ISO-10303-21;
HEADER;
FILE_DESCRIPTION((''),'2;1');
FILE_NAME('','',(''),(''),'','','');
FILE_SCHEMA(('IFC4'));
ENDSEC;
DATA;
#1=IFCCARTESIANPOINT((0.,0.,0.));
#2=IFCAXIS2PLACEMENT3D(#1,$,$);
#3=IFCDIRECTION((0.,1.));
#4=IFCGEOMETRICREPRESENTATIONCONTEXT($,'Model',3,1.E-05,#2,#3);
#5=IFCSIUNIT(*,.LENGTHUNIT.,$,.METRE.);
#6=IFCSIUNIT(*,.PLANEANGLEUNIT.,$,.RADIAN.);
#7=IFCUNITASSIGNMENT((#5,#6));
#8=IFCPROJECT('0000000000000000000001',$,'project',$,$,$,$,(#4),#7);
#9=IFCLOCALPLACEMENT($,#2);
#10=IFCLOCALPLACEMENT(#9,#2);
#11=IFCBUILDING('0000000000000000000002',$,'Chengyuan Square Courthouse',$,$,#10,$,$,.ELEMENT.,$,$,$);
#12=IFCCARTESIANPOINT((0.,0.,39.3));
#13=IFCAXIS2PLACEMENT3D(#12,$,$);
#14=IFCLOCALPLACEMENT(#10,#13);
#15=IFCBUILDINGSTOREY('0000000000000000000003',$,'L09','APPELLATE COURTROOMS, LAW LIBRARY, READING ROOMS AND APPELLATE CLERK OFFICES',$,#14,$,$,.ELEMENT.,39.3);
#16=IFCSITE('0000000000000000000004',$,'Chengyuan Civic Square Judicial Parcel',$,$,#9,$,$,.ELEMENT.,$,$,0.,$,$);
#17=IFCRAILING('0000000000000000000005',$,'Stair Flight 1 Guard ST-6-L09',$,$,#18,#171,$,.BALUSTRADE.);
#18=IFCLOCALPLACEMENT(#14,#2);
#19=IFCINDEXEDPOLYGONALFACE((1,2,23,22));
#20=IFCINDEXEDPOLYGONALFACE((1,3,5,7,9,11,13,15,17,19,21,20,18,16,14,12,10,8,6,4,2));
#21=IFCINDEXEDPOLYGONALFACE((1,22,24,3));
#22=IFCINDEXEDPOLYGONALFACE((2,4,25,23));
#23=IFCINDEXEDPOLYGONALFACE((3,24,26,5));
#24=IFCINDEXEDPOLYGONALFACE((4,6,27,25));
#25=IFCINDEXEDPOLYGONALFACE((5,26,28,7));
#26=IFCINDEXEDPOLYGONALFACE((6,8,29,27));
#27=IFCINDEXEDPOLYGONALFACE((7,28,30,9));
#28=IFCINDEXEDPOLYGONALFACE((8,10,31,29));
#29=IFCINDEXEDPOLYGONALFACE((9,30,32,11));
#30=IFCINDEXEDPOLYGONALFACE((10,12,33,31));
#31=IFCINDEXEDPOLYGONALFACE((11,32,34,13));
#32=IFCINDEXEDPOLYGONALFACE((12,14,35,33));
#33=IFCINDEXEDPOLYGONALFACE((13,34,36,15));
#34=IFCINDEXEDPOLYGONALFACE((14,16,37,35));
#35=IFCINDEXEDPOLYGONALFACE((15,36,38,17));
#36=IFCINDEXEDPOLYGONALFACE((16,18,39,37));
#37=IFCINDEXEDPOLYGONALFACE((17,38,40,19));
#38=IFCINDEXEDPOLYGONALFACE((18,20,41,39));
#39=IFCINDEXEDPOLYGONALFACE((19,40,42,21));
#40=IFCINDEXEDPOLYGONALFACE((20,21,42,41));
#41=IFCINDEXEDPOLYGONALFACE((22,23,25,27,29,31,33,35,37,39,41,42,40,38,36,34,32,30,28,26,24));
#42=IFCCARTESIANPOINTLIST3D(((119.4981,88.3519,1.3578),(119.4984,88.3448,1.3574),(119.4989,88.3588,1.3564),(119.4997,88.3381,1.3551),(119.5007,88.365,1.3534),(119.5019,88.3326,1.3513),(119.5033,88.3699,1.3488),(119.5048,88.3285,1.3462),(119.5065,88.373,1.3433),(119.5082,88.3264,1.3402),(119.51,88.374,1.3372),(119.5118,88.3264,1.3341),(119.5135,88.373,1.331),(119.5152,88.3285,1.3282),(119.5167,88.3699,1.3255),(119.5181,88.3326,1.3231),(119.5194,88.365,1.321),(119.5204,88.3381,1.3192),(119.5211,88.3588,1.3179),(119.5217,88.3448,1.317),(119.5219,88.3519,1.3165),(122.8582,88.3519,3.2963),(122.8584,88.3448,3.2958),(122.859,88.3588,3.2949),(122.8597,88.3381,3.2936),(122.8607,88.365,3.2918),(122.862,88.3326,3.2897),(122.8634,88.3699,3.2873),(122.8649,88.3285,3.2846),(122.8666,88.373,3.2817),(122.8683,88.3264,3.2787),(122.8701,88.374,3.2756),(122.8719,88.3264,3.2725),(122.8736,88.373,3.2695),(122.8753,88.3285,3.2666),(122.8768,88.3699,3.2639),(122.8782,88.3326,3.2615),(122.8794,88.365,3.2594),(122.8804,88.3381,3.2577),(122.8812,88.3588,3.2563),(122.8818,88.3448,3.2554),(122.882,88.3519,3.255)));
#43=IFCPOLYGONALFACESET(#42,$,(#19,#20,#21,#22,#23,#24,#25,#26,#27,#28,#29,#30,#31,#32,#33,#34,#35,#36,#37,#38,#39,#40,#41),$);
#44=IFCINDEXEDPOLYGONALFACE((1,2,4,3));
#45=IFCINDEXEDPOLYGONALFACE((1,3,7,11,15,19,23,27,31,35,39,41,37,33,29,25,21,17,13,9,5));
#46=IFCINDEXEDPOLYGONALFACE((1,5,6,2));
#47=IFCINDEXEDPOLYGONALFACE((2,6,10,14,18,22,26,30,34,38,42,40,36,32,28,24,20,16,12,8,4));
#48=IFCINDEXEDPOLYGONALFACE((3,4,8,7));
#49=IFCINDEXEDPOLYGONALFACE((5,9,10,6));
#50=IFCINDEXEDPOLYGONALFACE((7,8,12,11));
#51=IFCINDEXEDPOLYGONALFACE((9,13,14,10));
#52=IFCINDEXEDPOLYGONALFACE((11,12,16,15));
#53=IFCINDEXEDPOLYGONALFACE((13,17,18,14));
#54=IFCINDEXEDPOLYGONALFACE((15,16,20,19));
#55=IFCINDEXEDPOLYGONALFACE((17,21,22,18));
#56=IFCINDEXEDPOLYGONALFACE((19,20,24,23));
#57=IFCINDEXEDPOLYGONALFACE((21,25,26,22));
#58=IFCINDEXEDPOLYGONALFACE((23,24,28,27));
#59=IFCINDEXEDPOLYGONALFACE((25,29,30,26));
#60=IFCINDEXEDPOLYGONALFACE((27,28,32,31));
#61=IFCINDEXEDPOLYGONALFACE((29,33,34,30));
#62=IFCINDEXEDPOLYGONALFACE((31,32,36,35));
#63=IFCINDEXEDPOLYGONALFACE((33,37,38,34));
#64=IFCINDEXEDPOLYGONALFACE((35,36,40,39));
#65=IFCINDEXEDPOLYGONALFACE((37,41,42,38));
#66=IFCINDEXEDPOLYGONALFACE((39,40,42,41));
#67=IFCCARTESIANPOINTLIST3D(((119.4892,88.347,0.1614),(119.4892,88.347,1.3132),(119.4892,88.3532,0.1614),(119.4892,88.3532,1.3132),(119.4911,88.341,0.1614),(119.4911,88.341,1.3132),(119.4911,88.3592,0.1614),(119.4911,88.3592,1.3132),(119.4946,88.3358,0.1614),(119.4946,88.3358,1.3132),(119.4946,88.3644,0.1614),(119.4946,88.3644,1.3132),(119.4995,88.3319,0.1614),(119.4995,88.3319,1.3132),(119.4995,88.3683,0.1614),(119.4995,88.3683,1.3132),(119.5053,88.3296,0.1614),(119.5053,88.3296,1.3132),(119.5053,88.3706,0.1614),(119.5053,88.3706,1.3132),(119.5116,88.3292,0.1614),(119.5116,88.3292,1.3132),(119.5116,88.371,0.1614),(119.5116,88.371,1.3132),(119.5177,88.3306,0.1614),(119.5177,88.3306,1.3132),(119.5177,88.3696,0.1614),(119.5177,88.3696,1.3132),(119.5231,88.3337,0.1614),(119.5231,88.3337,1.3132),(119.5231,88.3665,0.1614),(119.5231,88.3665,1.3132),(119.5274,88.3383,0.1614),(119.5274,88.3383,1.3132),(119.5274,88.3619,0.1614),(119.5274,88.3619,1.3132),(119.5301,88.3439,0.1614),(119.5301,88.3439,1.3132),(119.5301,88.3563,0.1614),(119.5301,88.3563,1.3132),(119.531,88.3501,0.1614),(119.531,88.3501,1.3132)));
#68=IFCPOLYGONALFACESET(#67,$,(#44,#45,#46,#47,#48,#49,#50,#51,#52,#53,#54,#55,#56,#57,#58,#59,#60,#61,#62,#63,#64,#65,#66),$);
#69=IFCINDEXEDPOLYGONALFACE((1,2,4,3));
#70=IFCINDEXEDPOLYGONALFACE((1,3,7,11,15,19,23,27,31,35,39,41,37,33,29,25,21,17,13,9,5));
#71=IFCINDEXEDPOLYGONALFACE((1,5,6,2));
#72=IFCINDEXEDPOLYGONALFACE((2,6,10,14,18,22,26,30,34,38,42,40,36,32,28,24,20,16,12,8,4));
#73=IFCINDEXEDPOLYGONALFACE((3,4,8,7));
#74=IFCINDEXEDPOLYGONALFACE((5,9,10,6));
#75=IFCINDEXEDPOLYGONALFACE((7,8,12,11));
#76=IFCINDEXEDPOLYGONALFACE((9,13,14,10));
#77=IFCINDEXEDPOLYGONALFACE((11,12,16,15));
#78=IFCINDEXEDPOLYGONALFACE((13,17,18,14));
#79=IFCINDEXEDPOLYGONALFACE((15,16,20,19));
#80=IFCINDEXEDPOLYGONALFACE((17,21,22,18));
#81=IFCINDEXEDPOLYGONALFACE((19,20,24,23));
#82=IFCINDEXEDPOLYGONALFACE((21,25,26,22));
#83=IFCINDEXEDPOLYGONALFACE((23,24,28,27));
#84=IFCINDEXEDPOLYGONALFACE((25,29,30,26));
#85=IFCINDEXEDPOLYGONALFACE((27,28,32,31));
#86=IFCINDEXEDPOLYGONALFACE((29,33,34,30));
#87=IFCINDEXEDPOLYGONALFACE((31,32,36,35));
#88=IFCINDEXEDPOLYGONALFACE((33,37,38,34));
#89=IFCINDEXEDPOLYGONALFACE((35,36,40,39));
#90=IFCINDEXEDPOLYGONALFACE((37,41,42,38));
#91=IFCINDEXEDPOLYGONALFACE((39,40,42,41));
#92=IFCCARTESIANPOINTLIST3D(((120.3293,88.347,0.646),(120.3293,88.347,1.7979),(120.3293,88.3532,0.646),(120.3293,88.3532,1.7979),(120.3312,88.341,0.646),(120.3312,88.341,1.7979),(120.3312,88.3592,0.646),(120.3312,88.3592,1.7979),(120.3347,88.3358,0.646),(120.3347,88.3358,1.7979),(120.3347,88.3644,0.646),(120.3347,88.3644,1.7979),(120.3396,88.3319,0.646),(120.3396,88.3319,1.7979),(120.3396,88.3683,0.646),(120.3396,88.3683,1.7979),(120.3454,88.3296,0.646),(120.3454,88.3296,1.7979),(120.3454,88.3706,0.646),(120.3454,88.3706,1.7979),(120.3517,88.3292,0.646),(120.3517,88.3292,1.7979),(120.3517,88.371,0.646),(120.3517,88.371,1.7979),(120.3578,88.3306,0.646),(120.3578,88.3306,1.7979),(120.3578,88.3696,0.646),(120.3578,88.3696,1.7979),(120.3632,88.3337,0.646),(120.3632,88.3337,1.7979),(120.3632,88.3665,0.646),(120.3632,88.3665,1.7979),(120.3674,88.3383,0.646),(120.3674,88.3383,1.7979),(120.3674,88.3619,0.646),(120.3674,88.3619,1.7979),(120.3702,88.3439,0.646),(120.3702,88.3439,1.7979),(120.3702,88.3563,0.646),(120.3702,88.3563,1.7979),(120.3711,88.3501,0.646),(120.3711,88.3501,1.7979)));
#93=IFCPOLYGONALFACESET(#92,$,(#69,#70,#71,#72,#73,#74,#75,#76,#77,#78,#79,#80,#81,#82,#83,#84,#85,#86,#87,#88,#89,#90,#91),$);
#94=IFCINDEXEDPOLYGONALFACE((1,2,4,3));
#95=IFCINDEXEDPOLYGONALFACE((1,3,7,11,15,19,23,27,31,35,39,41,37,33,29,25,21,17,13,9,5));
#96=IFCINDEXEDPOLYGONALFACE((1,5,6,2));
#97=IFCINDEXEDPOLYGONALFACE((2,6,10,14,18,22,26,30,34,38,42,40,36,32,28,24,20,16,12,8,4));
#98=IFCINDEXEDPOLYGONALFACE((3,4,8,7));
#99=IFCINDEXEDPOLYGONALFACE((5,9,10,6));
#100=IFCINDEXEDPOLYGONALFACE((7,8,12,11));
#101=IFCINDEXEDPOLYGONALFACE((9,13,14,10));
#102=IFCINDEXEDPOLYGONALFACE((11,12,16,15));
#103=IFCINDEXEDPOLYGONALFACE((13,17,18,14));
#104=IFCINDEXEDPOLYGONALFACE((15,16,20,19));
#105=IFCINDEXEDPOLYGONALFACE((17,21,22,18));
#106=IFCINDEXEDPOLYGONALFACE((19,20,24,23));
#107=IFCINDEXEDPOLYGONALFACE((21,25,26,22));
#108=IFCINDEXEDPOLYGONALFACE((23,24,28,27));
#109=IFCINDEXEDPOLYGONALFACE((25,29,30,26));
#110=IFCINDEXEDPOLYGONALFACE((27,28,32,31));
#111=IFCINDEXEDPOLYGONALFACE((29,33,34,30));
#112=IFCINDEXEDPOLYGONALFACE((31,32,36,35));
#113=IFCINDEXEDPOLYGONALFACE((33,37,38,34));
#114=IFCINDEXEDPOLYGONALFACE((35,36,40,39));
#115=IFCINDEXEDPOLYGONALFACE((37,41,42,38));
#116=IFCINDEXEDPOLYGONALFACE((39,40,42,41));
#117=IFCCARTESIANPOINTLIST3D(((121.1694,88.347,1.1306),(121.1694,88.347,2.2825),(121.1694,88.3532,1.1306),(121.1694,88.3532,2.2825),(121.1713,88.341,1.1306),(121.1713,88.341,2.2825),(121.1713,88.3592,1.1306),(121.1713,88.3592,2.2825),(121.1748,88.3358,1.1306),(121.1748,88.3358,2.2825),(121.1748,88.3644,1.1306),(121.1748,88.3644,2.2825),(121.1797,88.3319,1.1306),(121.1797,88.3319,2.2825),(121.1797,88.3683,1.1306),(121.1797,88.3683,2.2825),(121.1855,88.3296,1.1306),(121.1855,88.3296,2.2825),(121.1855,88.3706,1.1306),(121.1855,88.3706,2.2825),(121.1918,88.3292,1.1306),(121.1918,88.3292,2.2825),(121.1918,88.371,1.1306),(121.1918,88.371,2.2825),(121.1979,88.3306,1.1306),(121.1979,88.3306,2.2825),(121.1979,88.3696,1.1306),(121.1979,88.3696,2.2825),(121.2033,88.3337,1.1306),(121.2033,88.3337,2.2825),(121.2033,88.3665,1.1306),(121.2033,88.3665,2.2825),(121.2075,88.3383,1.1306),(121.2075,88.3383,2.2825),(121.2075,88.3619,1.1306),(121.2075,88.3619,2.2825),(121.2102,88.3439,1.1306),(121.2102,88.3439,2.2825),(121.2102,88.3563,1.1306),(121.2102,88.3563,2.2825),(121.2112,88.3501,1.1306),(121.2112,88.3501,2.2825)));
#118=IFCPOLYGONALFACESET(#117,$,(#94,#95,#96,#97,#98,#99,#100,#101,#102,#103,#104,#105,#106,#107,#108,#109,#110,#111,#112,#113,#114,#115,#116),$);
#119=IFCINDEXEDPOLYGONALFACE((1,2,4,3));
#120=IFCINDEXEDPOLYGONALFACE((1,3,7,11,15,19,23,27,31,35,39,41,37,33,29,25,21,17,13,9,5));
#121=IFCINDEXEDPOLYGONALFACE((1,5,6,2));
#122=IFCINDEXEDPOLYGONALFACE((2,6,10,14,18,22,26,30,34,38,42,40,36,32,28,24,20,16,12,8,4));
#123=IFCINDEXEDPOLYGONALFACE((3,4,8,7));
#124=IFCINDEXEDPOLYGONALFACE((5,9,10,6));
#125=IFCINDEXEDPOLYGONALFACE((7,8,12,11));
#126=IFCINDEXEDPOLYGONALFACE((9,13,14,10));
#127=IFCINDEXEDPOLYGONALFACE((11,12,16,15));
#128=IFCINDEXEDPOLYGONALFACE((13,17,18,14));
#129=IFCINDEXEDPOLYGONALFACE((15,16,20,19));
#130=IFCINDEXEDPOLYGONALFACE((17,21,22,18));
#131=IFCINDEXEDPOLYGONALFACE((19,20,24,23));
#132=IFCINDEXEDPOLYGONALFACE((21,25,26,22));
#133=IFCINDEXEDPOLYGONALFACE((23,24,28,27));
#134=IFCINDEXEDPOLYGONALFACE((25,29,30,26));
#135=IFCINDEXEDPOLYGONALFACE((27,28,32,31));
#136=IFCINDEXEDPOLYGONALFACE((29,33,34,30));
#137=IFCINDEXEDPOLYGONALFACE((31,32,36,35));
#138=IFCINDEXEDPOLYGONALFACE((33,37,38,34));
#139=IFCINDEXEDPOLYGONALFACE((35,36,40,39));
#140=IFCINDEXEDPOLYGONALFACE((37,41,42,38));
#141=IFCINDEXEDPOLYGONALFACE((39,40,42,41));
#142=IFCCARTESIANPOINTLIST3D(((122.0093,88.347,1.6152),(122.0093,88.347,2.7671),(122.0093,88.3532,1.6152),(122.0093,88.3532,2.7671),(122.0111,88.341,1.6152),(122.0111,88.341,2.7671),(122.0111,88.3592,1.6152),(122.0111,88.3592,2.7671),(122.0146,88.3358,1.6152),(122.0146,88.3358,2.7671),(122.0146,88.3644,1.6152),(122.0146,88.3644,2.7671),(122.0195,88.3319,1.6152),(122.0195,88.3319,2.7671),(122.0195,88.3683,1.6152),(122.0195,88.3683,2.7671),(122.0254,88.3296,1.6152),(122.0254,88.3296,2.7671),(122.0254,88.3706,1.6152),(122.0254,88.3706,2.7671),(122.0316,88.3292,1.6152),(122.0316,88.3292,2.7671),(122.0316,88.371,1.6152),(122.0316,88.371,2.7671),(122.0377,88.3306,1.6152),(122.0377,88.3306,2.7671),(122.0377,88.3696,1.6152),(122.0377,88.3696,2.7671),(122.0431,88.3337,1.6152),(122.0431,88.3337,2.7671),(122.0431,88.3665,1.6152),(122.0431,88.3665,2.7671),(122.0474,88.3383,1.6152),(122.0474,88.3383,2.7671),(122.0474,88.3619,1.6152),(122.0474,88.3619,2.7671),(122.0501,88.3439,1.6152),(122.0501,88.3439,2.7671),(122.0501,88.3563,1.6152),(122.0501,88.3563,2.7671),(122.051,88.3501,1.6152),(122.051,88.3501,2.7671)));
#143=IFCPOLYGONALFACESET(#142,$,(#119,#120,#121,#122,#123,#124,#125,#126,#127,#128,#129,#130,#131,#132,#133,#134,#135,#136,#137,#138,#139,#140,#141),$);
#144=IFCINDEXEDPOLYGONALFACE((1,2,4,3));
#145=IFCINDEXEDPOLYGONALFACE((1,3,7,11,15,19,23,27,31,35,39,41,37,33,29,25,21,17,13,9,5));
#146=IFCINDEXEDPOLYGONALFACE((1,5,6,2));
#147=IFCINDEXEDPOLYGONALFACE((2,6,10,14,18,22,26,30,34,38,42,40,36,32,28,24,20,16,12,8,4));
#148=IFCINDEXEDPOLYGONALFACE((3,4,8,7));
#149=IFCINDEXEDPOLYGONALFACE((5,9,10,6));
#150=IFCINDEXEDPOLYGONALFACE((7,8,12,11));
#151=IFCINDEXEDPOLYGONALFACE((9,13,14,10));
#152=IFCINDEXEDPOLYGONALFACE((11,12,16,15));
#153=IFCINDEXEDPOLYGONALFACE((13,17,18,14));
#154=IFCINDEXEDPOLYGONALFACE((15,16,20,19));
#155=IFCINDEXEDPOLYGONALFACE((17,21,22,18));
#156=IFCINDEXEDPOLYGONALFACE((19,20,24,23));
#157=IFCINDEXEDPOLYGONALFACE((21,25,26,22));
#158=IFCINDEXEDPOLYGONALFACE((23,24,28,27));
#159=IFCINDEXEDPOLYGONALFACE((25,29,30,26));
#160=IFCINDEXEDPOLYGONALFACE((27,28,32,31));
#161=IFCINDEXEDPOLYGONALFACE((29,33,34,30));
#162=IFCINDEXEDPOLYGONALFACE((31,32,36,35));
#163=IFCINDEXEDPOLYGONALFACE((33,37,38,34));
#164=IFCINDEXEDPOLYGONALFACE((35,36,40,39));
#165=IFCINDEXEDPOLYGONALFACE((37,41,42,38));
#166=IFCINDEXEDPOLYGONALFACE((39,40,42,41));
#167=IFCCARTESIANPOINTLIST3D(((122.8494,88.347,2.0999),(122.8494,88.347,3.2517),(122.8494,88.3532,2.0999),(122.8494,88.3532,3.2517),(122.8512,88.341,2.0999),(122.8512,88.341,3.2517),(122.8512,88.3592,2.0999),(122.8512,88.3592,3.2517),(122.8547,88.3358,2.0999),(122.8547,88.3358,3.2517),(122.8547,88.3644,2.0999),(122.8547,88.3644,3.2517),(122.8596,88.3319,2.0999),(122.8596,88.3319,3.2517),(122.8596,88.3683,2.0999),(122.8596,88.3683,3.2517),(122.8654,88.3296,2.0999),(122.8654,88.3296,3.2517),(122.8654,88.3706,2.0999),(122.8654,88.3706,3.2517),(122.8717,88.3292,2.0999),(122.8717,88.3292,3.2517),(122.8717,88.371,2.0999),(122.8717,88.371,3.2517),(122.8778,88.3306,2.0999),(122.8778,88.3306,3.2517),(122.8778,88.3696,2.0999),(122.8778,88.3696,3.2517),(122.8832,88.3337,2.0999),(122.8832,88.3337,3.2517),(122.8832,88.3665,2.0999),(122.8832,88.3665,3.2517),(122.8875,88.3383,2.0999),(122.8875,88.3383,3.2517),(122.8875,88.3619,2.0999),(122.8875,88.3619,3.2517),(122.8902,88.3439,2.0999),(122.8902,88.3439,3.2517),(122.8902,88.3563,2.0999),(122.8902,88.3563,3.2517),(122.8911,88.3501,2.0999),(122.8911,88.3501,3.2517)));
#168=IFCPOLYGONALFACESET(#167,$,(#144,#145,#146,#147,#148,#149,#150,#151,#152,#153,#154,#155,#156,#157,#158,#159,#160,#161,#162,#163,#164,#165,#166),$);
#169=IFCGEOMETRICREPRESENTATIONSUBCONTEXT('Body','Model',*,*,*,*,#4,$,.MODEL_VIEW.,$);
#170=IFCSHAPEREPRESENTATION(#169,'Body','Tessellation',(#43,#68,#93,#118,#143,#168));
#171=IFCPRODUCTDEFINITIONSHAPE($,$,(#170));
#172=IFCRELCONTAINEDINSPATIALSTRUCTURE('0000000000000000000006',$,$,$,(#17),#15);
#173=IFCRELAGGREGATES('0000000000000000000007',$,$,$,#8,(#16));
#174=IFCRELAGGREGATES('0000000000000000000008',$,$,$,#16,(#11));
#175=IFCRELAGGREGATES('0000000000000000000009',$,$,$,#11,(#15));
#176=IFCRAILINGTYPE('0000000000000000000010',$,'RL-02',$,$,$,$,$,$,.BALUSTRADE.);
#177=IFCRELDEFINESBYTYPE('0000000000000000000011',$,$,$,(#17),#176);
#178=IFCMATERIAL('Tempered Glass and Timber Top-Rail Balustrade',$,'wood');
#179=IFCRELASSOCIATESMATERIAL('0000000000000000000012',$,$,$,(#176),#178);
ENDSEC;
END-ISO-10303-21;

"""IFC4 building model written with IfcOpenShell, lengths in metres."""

from ifc_helpers import new_model, si_unit, direction, frame, origin, origin_2d, place, context, subcontext, project, spatial, circle, extrude, material, type_object, element, save


model = new_model("IFC4")

# Units and contexts
model_context = context("Model", 3, precision=1e-05, world=origin(), true_north=direction((0.0, 1.0)))
body_context = subcontext(model_context, "Body", "Model", "MODEL_VIEW")
ifc_project = project(units=[si_unit("LENGTHUNIT", "METRE"), si_unit("PLANEANGLEUNIT", "RADIAN")], contexts=[model_context])

# Site, building, storey
site_placement = place(None, origin())
site = spatial("IfcSite", under=ifc_project, at=site_placement, Name="Chengyuan Civic Square Judicial Parcel", CompositionType="ELEMENT", RefElevation=0.0)
building_placement = place(site_placement, origin())
building = spatial("IfcBuilding", under=site, at=building_placement, Name="Chengyuan Square Courthouse", CompositionType="ELEMENT")
storey_placement = place(building_placement, frame((0.0, 0.0, 39.3)))
storey = spatial("IfcBuildingStorey", under=building, at=storey_placement, Name="L09", Description="APPELLATE COURTROOMS, LAW LIBRARY, READING ROOMS AND APPELLATE CLERK OFFICES", CompositionType="ELEMENT", Elevation=39.3)

# Railing
ifc_material_1 = material(Name="Tempered Glass and Timber Top-Rail Balustrade", Category="wood")
railing_type_1 = type_object("IfcRailingType", Name="RL-02", PredefinedType="BALUSTRADE", material=ifc_material_1)
railing_1_placement = place(storey_placement, frame((119.51, 88.3501, 0.1614)))
element("IfcRailing", 1, at=railing_1_placement, inside=storey, type_object=railing_type_1, Name="Stair Flight 1 Guard ST-6-L09", PredefinedType="BALUSTRADE", context=body_context, shape_type="SweptSolid", body=[
    extrude(circle(Radius=0.0239, at=origin_2d()), frame((0.0, 0.0, 1.1758), z_axis=(0.866191, 0.0, 0.499713), x_axis=(0.0, 1.0, 0.0)), (0.0, 0.0, 1.0), 3.8792),
    extrude(circle(Radius=0.021, at=origin_2d()), origin(), (0.0, 0.0, 1.0), 1.1519),
    extrude(circle(Radius=0.021, at=origin_2d()), frame((0.8401, 0.0, 0.4846)), (0.0, 0.0, 1.0), 1.1519),
    extrude(circle(Radius=0.021, at=origin_2d()), frame((1.6802, 0.0, 0.9692)), (0.0, 0.0, 1.0), 1.1519),
    extrude(circle(Radius=0.021, at=origin_2d()), frame((2.52, 0.0, 1.4539)), (0.0, 0.0, 1.0), 1.1519),
    extrude(circle(Radius=0.021, at=origin_2d()), frame((3.3601, 0.0, 1.9385)), (0.0, 0.0, 1.0), 1.1519),
])

save(model, "model.ifc")
